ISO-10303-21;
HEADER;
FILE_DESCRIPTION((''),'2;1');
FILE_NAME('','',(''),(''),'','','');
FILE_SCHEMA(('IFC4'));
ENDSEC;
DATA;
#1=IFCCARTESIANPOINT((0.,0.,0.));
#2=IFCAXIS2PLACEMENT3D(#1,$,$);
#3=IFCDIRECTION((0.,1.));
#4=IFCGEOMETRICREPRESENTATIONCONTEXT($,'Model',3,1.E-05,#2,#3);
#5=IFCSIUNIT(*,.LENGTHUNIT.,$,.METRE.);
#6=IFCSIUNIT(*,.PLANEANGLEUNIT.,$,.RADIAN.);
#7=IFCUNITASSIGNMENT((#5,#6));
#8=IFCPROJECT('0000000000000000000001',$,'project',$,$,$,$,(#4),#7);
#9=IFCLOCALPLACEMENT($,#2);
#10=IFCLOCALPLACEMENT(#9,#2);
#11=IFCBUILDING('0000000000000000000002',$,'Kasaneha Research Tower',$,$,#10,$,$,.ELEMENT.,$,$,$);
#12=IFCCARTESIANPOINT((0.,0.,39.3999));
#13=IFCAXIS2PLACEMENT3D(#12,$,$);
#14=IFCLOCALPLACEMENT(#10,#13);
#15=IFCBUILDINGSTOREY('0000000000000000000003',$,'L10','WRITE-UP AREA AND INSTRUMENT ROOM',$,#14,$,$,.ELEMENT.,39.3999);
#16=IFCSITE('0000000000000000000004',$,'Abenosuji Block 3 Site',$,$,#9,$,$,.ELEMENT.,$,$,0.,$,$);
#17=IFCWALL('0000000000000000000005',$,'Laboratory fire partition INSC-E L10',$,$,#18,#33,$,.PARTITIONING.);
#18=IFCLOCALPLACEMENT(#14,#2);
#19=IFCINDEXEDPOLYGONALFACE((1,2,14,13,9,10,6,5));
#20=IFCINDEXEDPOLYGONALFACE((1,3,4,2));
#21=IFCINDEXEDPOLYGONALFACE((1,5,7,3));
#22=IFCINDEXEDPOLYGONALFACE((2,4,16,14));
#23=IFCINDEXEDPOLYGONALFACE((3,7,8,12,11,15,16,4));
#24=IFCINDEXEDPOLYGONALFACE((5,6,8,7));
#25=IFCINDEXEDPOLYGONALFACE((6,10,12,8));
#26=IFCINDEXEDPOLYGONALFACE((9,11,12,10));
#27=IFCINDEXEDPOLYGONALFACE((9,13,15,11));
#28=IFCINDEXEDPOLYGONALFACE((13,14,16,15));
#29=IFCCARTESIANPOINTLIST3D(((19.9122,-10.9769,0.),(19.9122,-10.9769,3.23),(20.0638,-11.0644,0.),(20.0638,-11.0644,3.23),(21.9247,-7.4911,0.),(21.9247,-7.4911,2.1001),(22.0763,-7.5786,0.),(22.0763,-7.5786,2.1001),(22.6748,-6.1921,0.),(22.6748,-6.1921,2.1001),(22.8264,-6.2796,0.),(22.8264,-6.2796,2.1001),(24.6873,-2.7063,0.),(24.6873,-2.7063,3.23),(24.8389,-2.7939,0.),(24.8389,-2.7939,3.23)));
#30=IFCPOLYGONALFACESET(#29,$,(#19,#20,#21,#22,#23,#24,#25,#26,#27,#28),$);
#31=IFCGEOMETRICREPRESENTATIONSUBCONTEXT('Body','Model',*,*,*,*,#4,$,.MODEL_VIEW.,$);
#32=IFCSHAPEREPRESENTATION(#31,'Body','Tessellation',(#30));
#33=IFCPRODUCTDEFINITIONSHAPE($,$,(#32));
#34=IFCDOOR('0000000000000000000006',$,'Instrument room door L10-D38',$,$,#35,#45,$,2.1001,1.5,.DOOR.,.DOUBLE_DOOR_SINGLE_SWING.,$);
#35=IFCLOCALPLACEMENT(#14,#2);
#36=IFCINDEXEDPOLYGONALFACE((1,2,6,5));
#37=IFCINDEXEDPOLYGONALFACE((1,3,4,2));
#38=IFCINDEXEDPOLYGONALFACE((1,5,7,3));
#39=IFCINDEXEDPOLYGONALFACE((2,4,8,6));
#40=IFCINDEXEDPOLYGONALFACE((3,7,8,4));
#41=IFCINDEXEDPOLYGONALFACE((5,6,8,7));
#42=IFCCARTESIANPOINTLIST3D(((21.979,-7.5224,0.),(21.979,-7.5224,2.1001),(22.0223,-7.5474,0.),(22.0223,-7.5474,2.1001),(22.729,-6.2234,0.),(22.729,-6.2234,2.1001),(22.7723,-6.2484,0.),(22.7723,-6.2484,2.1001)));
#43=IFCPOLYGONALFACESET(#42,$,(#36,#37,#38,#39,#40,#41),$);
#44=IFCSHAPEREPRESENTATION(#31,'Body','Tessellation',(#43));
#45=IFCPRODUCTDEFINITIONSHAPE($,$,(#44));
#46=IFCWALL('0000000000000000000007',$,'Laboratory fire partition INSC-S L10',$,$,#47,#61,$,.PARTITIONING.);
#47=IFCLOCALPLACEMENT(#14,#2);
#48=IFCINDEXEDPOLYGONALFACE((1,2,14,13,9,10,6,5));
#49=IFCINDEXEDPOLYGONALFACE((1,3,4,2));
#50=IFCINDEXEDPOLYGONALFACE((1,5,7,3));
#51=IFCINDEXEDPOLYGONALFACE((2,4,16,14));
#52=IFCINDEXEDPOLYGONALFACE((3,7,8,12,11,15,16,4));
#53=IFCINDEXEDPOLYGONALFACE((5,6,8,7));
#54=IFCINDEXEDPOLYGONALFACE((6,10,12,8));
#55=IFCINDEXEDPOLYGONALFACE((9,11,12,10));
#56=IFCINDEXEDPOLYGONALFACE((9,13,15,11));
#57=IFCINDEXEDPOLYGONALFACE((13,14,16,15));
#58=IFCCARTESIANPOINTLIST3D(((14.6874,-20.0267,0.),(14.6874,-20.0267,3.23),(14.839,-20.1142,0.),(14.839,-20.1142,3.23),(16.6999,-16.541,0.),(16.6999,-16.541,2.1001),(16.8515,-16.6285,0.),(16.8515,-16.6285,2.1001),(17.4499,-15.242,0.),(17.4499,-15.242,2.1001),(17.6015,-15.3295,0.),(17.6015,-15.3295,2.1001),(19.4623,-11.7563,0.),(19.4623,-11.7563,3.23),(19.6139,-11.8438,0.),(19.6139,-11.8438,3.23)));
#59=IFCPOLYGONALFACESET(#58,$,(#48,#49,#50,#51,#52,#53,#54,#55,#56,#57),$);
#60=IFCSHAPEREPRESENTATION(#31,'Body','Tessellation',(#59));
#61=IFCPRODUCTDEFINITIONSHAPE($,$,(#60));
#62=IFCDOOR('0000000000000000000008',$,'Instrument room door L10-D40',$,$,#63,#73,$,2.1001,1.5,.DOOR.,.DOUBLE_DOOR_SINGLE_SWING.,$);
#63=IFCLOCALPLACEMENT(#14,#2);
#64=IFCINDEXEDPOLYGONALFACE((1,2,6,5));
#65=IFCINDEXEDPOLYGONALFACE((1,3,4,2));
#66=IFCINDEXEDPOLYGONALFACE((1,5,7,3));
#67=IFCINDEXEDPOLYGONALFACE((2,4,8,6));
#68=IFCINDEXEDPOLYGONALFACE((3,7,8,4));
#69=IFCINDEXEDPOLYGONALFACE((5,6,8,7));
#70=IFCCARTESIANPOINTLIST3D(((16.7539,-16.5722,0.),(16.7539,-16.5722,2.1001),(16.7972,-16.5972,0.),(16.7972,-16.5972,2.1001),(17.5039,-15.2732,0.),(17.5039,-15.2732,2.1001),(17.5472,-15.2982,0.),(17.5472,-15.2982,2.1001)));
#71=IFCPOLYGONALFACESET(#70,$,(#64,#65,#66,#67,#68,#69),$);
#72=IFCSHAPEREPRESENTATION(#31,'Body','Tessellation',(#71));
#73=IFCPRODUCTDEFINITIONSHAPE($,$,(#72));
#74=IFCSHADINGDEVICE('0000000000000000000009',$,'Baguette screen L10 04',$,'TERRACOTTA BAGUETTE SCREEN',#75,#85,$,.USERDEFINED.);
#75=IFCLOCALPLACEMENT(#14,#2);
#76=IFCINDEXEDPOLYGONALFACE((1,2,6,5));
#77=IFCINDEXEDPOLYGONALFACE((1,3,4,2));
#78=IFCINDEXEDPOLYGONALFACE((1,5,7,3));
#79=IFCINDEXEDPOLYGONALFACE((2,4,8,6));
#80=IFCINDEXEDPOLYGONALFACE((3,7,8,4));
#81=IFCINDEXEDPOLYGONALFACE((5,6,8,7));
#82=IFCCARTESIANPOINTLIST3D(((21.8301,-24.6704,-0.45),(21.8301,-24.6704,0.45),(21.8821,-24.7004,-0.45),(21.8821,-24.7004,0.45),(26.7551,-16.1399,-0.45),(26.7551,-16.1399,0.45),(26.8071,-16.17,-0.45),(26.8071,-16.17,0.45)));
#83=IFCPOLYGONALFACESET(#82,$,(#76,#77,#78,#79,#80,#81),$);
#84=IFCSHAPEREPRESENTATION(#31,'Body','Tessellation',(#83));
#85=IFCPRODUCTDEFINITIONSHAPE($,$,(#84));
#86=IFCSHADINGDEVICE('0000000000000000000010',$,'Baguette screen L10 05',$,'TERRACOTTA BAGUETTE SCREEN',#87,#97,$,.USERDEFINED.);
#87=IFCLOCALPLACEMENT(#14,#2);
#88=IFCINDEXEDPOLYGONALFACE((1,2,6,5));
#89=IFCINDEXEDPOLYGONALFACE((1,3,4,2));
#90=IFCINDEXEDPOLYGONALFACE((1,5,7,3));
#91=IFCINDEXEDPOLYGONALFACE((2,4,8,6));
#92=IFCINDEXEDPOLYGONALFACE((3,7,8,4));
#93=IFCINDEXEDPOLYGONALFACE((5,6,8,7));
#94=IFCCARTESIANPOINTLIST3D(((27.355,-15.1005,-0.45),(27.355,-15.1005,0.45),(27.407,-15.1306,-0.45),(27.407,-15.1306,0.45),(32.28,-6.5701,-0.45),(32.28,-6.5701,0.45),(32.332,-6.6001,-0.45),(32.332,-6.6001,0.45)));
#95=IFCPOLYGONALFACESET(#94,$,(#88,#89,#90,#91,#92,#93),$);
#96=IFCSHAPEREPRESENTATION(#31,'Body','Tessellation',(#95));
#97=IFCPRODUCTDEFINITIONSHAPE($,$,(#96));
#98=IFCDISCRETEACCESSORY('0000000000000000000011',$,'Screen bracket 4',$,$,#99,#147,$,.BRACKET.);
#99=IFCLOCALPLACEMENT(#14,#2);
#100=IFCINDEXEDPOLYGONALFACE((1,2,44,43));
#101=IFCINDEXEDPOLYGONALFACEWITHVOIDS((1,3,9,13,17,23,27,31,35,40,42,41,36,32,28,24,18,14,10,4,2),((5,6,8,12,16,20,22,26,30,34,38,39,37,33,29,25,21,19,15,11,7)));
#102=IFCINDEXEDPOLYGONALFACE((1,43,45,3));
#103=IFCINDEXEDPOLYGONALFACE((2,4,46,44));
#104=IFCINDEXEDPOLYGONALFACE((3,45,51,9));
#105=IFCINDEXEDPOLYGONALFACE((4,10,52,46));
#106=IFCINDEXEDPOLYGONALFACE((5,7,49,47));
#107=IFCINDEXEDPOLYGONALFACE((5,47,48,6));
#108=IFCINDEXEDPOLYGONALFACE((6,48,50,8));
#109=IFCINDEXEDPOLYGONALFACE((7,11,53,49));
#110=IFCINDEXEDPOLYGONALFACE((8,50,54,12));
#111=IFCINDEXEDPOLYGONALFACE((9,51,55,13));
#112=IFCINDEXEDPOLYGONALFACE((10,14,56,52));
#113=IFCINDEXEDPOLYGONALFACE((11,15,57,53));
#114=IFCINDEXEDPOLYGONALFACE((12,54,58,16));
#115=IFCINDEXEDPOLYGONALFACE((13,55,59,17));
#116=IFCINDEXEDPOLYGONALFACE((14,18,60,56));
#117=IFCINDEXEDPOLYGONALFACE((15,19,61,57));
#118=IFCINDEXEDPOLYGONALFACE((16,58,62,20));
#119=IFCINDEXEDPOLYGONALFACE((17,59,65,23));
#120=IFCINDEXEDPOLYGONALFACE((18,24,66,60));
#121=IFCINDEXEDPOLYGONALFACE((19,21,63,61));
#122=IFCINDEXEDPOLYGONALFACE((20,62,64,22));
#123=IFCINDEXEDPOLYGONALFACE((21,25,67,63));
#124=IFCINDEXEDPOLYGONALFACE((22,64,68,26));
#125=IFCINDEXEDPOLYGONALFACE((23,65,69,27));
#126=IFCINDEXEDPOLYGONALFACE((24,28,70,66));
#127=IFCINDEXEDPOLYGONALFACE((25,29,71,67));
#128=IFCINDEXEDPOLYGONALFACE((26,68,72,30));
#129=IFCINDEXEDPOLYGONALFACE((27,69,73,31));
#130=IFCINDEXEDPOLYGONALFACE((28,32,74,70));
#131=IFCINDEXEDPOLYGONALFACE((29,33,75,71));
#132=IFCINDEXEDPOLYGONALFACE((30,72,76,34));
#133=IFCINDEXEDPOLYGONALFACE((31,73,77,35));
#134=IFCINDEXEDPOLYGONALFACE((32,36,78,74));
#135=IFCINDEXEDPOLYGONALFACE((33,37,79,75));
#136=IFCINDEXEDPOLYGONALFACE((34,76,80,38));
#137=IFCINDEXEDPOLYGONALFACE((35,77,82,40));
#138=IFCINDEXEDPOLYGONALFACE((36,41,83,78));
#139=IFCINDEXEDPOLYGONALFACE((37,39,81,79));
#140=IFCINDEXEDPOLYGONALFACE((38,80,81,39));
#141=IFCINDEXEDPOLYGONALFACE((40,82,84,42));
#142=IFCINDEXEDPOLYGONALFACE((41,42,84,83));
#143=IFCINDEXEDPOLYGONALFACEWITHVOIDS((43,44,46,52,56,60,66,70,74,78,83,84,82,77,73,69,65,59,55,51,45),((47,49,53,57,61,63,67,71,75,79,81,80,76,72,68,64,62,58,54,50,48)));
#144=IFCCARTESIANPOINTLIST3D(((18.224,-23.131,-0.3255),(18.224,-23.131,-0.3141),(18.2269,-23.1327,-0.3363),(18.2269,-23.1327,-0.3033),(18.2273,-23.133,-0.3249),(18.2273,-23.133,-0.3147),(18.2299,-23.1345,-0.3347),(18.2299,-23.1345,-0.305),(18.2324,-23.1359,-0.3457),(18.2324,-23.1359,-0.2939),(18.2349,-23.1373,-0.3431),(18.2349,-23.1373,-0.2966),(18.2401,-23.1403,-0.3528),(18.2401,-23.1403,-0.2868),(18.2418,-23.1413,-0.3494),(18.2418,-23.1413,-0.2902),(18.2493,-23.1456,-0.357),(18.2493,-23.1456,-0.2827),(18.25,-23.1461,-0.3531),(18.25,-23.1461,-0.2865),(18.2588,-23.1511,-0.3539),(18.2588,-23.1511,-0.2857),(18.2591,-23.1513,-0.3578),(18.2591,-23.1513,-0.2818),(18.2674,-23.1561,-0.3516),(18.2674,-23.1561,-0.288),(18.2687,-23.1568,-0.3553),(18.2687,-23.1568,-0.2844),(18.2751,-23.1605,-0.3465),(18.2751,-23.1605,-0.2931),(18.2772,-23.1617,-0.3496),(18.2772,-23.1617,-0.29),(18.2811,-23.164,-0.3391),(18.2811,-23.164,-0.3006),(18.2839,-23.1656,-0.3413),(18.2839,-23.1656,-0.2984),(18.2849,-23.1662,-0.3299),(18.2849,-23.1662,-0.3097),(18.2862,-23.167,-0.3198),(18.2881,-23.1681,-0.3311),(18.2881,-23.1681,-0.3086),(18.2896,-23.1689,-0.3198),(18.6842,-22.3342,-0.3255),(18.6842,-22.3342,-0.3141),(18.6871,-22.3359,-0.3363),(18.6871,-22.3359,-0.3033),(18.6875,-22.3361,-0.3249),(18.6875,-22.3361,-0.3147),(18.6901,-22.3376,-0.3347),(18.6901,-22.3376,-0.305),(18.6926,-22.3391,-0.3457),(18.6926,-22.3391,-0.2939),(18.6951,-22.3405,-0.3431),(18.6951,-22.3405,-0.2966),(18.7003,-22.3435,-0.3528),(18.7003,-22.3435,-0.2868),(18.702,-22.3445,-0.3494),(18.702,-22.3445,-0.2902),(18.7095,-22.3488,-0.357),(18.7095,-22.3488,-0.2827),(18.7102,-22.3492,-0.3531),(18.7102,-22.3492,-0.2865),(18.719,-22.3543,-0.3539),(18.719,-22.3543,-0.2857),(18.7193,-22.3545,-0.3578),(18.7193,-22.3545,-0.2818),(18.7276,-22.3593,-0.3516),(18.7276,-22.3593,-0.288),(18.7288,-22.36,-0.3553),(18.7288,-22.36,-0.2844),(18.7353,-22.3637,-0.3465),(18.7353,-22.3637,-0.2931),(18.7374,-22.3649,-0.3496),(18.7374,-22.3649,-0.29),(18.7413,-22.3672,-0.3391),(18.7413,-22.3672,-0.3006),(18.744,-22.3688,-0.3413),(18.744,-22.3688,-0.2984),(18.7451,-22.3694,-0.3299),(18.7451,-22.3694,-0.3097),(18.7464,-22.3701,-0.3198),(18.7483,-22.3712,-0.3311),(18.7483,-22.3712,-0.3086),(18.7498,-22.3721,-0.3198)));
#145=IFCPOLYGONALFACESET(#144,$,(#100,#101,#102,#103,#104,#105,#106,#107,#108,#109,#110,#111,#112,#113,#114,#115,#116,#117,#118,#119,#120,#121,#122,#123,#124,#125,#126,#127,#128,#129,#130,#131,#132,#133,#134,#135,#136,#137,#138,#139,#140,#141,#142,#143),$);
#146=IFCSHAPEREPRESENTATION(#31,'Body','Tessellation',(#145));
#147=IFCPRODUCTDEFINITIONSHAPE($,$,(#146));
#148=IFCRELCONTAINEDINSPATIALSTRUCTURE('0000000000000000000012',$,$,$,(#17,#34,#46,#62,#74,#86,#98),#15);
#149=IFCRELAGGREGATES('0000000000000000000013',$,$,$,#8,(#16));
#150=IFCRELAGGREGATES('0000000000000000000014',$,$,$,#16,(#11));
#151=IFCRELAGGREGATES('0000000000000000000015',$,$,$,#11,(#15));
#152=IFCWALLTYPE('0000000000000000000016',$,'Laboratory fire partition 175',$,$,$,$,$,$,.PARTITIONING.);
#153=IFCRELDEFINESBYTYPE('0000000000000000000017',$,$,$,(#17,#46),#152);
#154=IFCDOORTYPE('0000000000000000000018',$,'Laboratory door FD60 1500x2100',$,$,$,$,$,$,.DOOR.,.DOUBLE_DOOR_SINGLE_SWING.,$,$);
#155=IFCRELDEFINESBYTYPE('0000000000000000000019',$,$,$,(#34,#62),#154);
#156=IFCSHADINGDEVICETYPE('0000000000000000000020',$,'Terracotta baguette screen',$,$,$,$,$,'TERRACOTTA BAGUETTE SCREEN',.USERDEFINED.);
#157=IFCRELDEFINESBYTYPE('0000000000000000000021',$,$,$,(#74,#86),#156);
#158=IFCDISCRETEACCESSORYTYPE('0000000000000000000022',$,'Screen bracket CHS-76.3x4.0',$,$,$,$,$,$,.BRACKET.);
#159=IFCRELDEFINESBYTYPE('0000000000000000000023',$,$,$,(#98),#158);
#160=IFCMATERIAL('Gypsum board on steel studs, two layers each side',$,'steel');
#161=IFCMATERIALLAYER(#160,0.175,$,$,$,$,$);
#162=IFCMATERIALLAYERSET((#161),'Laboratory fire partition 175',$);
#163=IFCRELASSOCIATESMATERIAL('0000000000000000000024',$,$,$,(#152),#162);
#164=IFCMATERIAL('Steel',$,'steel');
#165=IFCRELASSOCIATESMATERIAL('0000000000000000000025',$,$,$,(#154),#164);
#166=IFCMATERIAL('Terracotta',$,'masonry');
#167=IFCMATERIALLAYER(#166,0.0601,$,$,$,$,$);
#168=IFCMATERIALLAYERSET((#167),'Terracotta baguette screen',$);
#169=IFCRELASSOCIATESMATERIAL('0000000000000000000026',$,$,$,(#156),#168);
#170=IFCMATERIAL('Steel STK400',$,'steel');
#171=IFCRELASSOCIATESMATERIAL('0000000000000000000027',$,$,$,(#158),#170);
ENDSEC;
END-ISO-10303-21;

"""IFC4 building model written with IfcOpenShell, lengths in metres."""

from ifc_helpers import new_model, si_unit, direction, frame, frame_2d, origin, origin_2d, place, context, subcontext, project, spatial, rectangle, hollow_circle, extrude, material, layer, layer_set, material_profile, profile_set, type_object, element, fill, save


model = new_model("IFC4")

# Units and contexts
model_context = context("Model", 3, precision=1e-05, world=origin(), true_north=direction((0.0, 1.0)))
body_context = subcontext(model_context, "Body", "Model", "MODEL_VIEW")
ifc_project = project(units=[si_unit("LENGTHUNIT", "METRE"), si_unit("PLANEANGLEUNIT", "RADIAN")], contexts=[model_context])

# Site, building, storey
site_placement = place(None, origin())
site = spatial("IfcSite", under=ifc_project, at=site_placement, Name="Abenosuji Block 3 Site", CompositionType="ELEMENT", RefElevation=0.0)
building_placement = place(site_placement, origin())
building = spatial("IfcBuilding", under=site, at=building_placement, Name="Kasaneha Research Tower", CompositionType="ELEMENT")
storey_placement = place(building_placement, frame((0.0, 0.0, 39.3999)))
storey = spatial("IfcBuildingStorey", under=building, at=storey_placement, Name="L10", Description="WRITE-UP AREA AND INSTRUMENT ROOM", CompositionType="ELEMENT", Elevation=39.3999)

# Walls, openings, doors
ifc_material_1 = material(Name="Gypsum board on steel studs, two layers each side", Category="steel")
ifc_layer_1 = layer(ifc_material_1, 0.175)
ifc_layer_set_1 = layer_set([ifc_layer_1], Name="Laboratory fire partition 175")
wall_type = type_object("IfcWallType", Name="Laboratory fire partition 175", PredefinedType="PARTITIONING", material=ifc_layer_set_1)
wall_1_placement = place(storey_placement, frame((19.988, -11.0205, 0.0), z_axis=(0.0, 0.0, 1.0), x_axis=(0.500013, 0.866018, 0.0)))
wall_1 = element("IfcWall", 1, at=wall_1_placement, inside=storey, type_object=wall_type, Name="Laboratory fire partition INSC-E L10", PredefinedType="PARTITIONING", context=body_context, shape_type="SweptSolid", body=[
    extrude(rectangle(XDim=9.55, YDim=0.175, at=frame_2d((4.7749, 0.0))), origin(), (0.0, 0.0, 1.0), 3.23),
])
opening_1_placement = place(wall_1_placement, frame((4.0249, 0.0, 0.0)))
opening_1 = element("IfcOpeningElement", 2, at=opening_1_placement, cuts=wall_1, PredefinedType="OPENING", context=body_context, shape_type="SweptSolid", body=[
    extrude(rectangle(XDim=1.5, YDim=2.1001, at=frame_2d((0.75, 1.05))), frame((0.0, 0.0977, 0.0), z_axis=(0.0, -1.0, 0.0), x_axis=(1.0, 0.0, 0.0)), (0.0, 0.0, 1.0), 0.1951),
])
ifc_material_2 = material(Name="Steel", Category="steel")
door_type = type_object("IfcDoorType", Name="Laboratory door FD60 1500x2100", OperationType="DOUBLE_DOOR_SINGLE_SWING", PredefinedType="DOOR", material=ifc_material_2)
door_1_placement = place(opening_1_placement, origin())
door_1 = element("IfcDoor", 3, at=door_1_placement, inside=storey, type_object=door_type, Name="Instrument room door L10-D38", OperationType="DOUBLE_DOOR_SINGLE_SWING", OverallHeight=2.1001, OverallWidth=1.5, PredefinedType="DOOR", context=body_context, shape_type="SweptSolid", body=[
    extrude(rectangle(XDim=1.5, YDim=2.1001, at=frame_2d((0.75, 1.05))), frame((0.0, 0.0249, 0.0), z_axis=(0.0, -1.0, 0.0), x_axis=(1.0, 0.0, 0.0)), (0.0, 0.0, 1.0), 0.05),
])
fill(opening_1, door_1)
wall_2_placement = place(storey_placement, frame((19.5381, -11.8, 0.0), z_axis=(0.0, 0.0, 1.0), x_axis=(-0.499994, -0.866029, 0.0)))
wall_2 = element("IfcWall", 4, at=wall_2_placement, inside=storey, type_object=wall_type, Name="Laboratory fire partition INSC-S L10", PredefinedType="PARTITIONING", context=body_context, shape_type="SweptSolid", body=[
    extrude(rectangle(XDim=9.5498, YDim=0.175, at=frame_2d((4.7749, 0.0))), origin(), (0.0, 0.0, 1.0), 3.23),
])
opening_2_placement = place(wall_2_placement, frame((4.0249, 0.0, 0.0)))
opening_2 = element("IfcOpeningElement", 5, at=opening_2_placement, cuts=wall_2, PredefinedType="OPENING", context=body_context, shape_type="SweptSolid", body=[
    extrude(rectangle(XDim=1.5, YDim=2.1001, at=frame_2d((0.75, 1.05))), frame((0.0, 0.0977, 0.0), z_axis=(0.0, -1.0, 0.0), x_axis=(1.0, 0.0, 0.0)), (0.0, 0.0, 1.0), 0.1951),
])
door_2_placement = place(opening_2_placement, origin())
door_2 = element("IfcDoor", 6, at=door_2_placement, inside=storey, type_object=door_type, Name="Instrument room door L10-D40", OperationType="DOUBLE_DOOR_SINGLE_SWING", OverallHeight=2.1001, OverallWidth=1.5, PredefinedType="DOOR", context=body_context, shape_type="SweptSolid", body=[
    extrude(rectangle(XDim=1.5, YDim=2.1001, at=frame_2d((0.75, 1.05))), frame((0.0, 0.0249, 0.0), z_axis=(0.0, -1.0, 0.0), x_axis=(1.0, 0.0, 0.0)), (0.0, 0.0, 1.0), 0.05),
])
fill(opening_2, door_2)

# Shading devices
ifc_material_3 = material(Name="Terracotta", Category="masonry")
ifc_layer_2 = layer(ifc_material_3, 0.0601)
ifc_layer_set_2 = layer_set([ifc_layer_2], Name="Terracotta baguette screen")
shading_device_type = type_object("IfcShadingDeviceType", Name="Terracotta baguette screen", ElementType="TERRACOTTA BAGUETTE SCREEN", PredefinedType="USERDEFINED", material=ifc_layer_set_2)
for number, where, z_axis, x_axis, name in (
    (7, (24.3186, -20.4202, -0.45), (0.0, 0.0, 1.0), (0.5, 0.866025, 0.0), "Baguette screen L10 04"),
    (8, (29.8435, -10.8503, -0.45), (0.0, 0.0, 1.0), (0.5, 0.866025, 0.0), "Baguette screen L10 05"),
):
    element("IfcShadingDevice", number, at=place(storey_placement, frame(where, z_axis=z_axis, x_axis=x_axis)), inside=storey, type_object=shading_device_type, Name=name, ObjectType="TERRACOTTA BAGUETTE SCREEN", PredefinedType="USERDEFINED", context=body_context, shape_type="SweptSolid", body=[
        extrude(rectangle(XDim=9.8501, YDim=0.0601, at=origin_2d()), origin(), (0.0, 0.0, 1.0), 0.8999),
    ])

# Discrete accessory
ifc_material_4 = material(Name="Steel STK400", Category="steel")
ifc_material_profile_1 = material_profile(ifc_material_4, hollow_circle(Radius=0.0381, WallThickness=0.0039, at=origin_2d()), Name="CHS-76.3x4.0")
ifc_profile_set_1 = profile_set([ifc_material_profile_1], Name="Steel STK400")
discrete_accessory_type = type_object("IfcDiscreteAccessoryType", Name="Screen bracket CHS-76.3x4.0", PredefinedType="BRACKET", material=ifc_profile_set_1)
discrete_accessory_1_placement = place(storey_placement, frame((18.7168, -22.353, -0.3198), z_axis=(-0.500105, -0.865965, 0.0), x_axis=(0.865965, -0.500105, 0.0)))
element("IfcDiscreteAccessory", 9, at=discrete_accessory_1_placement, inside=storey, type_object=discrete_accessory_type, Name="Screen bracket 4", PredefinedType="BRACKET", context=body_context, shape_type="SweptSolid", body=[
    extrude(hollow_circle(Radius=0.0381, WallThickness=0.0039, at=origin_2d()), origin(), (0.0, 0.0, 1.0), 0.9202),
])

save(model, "model.ifc")
